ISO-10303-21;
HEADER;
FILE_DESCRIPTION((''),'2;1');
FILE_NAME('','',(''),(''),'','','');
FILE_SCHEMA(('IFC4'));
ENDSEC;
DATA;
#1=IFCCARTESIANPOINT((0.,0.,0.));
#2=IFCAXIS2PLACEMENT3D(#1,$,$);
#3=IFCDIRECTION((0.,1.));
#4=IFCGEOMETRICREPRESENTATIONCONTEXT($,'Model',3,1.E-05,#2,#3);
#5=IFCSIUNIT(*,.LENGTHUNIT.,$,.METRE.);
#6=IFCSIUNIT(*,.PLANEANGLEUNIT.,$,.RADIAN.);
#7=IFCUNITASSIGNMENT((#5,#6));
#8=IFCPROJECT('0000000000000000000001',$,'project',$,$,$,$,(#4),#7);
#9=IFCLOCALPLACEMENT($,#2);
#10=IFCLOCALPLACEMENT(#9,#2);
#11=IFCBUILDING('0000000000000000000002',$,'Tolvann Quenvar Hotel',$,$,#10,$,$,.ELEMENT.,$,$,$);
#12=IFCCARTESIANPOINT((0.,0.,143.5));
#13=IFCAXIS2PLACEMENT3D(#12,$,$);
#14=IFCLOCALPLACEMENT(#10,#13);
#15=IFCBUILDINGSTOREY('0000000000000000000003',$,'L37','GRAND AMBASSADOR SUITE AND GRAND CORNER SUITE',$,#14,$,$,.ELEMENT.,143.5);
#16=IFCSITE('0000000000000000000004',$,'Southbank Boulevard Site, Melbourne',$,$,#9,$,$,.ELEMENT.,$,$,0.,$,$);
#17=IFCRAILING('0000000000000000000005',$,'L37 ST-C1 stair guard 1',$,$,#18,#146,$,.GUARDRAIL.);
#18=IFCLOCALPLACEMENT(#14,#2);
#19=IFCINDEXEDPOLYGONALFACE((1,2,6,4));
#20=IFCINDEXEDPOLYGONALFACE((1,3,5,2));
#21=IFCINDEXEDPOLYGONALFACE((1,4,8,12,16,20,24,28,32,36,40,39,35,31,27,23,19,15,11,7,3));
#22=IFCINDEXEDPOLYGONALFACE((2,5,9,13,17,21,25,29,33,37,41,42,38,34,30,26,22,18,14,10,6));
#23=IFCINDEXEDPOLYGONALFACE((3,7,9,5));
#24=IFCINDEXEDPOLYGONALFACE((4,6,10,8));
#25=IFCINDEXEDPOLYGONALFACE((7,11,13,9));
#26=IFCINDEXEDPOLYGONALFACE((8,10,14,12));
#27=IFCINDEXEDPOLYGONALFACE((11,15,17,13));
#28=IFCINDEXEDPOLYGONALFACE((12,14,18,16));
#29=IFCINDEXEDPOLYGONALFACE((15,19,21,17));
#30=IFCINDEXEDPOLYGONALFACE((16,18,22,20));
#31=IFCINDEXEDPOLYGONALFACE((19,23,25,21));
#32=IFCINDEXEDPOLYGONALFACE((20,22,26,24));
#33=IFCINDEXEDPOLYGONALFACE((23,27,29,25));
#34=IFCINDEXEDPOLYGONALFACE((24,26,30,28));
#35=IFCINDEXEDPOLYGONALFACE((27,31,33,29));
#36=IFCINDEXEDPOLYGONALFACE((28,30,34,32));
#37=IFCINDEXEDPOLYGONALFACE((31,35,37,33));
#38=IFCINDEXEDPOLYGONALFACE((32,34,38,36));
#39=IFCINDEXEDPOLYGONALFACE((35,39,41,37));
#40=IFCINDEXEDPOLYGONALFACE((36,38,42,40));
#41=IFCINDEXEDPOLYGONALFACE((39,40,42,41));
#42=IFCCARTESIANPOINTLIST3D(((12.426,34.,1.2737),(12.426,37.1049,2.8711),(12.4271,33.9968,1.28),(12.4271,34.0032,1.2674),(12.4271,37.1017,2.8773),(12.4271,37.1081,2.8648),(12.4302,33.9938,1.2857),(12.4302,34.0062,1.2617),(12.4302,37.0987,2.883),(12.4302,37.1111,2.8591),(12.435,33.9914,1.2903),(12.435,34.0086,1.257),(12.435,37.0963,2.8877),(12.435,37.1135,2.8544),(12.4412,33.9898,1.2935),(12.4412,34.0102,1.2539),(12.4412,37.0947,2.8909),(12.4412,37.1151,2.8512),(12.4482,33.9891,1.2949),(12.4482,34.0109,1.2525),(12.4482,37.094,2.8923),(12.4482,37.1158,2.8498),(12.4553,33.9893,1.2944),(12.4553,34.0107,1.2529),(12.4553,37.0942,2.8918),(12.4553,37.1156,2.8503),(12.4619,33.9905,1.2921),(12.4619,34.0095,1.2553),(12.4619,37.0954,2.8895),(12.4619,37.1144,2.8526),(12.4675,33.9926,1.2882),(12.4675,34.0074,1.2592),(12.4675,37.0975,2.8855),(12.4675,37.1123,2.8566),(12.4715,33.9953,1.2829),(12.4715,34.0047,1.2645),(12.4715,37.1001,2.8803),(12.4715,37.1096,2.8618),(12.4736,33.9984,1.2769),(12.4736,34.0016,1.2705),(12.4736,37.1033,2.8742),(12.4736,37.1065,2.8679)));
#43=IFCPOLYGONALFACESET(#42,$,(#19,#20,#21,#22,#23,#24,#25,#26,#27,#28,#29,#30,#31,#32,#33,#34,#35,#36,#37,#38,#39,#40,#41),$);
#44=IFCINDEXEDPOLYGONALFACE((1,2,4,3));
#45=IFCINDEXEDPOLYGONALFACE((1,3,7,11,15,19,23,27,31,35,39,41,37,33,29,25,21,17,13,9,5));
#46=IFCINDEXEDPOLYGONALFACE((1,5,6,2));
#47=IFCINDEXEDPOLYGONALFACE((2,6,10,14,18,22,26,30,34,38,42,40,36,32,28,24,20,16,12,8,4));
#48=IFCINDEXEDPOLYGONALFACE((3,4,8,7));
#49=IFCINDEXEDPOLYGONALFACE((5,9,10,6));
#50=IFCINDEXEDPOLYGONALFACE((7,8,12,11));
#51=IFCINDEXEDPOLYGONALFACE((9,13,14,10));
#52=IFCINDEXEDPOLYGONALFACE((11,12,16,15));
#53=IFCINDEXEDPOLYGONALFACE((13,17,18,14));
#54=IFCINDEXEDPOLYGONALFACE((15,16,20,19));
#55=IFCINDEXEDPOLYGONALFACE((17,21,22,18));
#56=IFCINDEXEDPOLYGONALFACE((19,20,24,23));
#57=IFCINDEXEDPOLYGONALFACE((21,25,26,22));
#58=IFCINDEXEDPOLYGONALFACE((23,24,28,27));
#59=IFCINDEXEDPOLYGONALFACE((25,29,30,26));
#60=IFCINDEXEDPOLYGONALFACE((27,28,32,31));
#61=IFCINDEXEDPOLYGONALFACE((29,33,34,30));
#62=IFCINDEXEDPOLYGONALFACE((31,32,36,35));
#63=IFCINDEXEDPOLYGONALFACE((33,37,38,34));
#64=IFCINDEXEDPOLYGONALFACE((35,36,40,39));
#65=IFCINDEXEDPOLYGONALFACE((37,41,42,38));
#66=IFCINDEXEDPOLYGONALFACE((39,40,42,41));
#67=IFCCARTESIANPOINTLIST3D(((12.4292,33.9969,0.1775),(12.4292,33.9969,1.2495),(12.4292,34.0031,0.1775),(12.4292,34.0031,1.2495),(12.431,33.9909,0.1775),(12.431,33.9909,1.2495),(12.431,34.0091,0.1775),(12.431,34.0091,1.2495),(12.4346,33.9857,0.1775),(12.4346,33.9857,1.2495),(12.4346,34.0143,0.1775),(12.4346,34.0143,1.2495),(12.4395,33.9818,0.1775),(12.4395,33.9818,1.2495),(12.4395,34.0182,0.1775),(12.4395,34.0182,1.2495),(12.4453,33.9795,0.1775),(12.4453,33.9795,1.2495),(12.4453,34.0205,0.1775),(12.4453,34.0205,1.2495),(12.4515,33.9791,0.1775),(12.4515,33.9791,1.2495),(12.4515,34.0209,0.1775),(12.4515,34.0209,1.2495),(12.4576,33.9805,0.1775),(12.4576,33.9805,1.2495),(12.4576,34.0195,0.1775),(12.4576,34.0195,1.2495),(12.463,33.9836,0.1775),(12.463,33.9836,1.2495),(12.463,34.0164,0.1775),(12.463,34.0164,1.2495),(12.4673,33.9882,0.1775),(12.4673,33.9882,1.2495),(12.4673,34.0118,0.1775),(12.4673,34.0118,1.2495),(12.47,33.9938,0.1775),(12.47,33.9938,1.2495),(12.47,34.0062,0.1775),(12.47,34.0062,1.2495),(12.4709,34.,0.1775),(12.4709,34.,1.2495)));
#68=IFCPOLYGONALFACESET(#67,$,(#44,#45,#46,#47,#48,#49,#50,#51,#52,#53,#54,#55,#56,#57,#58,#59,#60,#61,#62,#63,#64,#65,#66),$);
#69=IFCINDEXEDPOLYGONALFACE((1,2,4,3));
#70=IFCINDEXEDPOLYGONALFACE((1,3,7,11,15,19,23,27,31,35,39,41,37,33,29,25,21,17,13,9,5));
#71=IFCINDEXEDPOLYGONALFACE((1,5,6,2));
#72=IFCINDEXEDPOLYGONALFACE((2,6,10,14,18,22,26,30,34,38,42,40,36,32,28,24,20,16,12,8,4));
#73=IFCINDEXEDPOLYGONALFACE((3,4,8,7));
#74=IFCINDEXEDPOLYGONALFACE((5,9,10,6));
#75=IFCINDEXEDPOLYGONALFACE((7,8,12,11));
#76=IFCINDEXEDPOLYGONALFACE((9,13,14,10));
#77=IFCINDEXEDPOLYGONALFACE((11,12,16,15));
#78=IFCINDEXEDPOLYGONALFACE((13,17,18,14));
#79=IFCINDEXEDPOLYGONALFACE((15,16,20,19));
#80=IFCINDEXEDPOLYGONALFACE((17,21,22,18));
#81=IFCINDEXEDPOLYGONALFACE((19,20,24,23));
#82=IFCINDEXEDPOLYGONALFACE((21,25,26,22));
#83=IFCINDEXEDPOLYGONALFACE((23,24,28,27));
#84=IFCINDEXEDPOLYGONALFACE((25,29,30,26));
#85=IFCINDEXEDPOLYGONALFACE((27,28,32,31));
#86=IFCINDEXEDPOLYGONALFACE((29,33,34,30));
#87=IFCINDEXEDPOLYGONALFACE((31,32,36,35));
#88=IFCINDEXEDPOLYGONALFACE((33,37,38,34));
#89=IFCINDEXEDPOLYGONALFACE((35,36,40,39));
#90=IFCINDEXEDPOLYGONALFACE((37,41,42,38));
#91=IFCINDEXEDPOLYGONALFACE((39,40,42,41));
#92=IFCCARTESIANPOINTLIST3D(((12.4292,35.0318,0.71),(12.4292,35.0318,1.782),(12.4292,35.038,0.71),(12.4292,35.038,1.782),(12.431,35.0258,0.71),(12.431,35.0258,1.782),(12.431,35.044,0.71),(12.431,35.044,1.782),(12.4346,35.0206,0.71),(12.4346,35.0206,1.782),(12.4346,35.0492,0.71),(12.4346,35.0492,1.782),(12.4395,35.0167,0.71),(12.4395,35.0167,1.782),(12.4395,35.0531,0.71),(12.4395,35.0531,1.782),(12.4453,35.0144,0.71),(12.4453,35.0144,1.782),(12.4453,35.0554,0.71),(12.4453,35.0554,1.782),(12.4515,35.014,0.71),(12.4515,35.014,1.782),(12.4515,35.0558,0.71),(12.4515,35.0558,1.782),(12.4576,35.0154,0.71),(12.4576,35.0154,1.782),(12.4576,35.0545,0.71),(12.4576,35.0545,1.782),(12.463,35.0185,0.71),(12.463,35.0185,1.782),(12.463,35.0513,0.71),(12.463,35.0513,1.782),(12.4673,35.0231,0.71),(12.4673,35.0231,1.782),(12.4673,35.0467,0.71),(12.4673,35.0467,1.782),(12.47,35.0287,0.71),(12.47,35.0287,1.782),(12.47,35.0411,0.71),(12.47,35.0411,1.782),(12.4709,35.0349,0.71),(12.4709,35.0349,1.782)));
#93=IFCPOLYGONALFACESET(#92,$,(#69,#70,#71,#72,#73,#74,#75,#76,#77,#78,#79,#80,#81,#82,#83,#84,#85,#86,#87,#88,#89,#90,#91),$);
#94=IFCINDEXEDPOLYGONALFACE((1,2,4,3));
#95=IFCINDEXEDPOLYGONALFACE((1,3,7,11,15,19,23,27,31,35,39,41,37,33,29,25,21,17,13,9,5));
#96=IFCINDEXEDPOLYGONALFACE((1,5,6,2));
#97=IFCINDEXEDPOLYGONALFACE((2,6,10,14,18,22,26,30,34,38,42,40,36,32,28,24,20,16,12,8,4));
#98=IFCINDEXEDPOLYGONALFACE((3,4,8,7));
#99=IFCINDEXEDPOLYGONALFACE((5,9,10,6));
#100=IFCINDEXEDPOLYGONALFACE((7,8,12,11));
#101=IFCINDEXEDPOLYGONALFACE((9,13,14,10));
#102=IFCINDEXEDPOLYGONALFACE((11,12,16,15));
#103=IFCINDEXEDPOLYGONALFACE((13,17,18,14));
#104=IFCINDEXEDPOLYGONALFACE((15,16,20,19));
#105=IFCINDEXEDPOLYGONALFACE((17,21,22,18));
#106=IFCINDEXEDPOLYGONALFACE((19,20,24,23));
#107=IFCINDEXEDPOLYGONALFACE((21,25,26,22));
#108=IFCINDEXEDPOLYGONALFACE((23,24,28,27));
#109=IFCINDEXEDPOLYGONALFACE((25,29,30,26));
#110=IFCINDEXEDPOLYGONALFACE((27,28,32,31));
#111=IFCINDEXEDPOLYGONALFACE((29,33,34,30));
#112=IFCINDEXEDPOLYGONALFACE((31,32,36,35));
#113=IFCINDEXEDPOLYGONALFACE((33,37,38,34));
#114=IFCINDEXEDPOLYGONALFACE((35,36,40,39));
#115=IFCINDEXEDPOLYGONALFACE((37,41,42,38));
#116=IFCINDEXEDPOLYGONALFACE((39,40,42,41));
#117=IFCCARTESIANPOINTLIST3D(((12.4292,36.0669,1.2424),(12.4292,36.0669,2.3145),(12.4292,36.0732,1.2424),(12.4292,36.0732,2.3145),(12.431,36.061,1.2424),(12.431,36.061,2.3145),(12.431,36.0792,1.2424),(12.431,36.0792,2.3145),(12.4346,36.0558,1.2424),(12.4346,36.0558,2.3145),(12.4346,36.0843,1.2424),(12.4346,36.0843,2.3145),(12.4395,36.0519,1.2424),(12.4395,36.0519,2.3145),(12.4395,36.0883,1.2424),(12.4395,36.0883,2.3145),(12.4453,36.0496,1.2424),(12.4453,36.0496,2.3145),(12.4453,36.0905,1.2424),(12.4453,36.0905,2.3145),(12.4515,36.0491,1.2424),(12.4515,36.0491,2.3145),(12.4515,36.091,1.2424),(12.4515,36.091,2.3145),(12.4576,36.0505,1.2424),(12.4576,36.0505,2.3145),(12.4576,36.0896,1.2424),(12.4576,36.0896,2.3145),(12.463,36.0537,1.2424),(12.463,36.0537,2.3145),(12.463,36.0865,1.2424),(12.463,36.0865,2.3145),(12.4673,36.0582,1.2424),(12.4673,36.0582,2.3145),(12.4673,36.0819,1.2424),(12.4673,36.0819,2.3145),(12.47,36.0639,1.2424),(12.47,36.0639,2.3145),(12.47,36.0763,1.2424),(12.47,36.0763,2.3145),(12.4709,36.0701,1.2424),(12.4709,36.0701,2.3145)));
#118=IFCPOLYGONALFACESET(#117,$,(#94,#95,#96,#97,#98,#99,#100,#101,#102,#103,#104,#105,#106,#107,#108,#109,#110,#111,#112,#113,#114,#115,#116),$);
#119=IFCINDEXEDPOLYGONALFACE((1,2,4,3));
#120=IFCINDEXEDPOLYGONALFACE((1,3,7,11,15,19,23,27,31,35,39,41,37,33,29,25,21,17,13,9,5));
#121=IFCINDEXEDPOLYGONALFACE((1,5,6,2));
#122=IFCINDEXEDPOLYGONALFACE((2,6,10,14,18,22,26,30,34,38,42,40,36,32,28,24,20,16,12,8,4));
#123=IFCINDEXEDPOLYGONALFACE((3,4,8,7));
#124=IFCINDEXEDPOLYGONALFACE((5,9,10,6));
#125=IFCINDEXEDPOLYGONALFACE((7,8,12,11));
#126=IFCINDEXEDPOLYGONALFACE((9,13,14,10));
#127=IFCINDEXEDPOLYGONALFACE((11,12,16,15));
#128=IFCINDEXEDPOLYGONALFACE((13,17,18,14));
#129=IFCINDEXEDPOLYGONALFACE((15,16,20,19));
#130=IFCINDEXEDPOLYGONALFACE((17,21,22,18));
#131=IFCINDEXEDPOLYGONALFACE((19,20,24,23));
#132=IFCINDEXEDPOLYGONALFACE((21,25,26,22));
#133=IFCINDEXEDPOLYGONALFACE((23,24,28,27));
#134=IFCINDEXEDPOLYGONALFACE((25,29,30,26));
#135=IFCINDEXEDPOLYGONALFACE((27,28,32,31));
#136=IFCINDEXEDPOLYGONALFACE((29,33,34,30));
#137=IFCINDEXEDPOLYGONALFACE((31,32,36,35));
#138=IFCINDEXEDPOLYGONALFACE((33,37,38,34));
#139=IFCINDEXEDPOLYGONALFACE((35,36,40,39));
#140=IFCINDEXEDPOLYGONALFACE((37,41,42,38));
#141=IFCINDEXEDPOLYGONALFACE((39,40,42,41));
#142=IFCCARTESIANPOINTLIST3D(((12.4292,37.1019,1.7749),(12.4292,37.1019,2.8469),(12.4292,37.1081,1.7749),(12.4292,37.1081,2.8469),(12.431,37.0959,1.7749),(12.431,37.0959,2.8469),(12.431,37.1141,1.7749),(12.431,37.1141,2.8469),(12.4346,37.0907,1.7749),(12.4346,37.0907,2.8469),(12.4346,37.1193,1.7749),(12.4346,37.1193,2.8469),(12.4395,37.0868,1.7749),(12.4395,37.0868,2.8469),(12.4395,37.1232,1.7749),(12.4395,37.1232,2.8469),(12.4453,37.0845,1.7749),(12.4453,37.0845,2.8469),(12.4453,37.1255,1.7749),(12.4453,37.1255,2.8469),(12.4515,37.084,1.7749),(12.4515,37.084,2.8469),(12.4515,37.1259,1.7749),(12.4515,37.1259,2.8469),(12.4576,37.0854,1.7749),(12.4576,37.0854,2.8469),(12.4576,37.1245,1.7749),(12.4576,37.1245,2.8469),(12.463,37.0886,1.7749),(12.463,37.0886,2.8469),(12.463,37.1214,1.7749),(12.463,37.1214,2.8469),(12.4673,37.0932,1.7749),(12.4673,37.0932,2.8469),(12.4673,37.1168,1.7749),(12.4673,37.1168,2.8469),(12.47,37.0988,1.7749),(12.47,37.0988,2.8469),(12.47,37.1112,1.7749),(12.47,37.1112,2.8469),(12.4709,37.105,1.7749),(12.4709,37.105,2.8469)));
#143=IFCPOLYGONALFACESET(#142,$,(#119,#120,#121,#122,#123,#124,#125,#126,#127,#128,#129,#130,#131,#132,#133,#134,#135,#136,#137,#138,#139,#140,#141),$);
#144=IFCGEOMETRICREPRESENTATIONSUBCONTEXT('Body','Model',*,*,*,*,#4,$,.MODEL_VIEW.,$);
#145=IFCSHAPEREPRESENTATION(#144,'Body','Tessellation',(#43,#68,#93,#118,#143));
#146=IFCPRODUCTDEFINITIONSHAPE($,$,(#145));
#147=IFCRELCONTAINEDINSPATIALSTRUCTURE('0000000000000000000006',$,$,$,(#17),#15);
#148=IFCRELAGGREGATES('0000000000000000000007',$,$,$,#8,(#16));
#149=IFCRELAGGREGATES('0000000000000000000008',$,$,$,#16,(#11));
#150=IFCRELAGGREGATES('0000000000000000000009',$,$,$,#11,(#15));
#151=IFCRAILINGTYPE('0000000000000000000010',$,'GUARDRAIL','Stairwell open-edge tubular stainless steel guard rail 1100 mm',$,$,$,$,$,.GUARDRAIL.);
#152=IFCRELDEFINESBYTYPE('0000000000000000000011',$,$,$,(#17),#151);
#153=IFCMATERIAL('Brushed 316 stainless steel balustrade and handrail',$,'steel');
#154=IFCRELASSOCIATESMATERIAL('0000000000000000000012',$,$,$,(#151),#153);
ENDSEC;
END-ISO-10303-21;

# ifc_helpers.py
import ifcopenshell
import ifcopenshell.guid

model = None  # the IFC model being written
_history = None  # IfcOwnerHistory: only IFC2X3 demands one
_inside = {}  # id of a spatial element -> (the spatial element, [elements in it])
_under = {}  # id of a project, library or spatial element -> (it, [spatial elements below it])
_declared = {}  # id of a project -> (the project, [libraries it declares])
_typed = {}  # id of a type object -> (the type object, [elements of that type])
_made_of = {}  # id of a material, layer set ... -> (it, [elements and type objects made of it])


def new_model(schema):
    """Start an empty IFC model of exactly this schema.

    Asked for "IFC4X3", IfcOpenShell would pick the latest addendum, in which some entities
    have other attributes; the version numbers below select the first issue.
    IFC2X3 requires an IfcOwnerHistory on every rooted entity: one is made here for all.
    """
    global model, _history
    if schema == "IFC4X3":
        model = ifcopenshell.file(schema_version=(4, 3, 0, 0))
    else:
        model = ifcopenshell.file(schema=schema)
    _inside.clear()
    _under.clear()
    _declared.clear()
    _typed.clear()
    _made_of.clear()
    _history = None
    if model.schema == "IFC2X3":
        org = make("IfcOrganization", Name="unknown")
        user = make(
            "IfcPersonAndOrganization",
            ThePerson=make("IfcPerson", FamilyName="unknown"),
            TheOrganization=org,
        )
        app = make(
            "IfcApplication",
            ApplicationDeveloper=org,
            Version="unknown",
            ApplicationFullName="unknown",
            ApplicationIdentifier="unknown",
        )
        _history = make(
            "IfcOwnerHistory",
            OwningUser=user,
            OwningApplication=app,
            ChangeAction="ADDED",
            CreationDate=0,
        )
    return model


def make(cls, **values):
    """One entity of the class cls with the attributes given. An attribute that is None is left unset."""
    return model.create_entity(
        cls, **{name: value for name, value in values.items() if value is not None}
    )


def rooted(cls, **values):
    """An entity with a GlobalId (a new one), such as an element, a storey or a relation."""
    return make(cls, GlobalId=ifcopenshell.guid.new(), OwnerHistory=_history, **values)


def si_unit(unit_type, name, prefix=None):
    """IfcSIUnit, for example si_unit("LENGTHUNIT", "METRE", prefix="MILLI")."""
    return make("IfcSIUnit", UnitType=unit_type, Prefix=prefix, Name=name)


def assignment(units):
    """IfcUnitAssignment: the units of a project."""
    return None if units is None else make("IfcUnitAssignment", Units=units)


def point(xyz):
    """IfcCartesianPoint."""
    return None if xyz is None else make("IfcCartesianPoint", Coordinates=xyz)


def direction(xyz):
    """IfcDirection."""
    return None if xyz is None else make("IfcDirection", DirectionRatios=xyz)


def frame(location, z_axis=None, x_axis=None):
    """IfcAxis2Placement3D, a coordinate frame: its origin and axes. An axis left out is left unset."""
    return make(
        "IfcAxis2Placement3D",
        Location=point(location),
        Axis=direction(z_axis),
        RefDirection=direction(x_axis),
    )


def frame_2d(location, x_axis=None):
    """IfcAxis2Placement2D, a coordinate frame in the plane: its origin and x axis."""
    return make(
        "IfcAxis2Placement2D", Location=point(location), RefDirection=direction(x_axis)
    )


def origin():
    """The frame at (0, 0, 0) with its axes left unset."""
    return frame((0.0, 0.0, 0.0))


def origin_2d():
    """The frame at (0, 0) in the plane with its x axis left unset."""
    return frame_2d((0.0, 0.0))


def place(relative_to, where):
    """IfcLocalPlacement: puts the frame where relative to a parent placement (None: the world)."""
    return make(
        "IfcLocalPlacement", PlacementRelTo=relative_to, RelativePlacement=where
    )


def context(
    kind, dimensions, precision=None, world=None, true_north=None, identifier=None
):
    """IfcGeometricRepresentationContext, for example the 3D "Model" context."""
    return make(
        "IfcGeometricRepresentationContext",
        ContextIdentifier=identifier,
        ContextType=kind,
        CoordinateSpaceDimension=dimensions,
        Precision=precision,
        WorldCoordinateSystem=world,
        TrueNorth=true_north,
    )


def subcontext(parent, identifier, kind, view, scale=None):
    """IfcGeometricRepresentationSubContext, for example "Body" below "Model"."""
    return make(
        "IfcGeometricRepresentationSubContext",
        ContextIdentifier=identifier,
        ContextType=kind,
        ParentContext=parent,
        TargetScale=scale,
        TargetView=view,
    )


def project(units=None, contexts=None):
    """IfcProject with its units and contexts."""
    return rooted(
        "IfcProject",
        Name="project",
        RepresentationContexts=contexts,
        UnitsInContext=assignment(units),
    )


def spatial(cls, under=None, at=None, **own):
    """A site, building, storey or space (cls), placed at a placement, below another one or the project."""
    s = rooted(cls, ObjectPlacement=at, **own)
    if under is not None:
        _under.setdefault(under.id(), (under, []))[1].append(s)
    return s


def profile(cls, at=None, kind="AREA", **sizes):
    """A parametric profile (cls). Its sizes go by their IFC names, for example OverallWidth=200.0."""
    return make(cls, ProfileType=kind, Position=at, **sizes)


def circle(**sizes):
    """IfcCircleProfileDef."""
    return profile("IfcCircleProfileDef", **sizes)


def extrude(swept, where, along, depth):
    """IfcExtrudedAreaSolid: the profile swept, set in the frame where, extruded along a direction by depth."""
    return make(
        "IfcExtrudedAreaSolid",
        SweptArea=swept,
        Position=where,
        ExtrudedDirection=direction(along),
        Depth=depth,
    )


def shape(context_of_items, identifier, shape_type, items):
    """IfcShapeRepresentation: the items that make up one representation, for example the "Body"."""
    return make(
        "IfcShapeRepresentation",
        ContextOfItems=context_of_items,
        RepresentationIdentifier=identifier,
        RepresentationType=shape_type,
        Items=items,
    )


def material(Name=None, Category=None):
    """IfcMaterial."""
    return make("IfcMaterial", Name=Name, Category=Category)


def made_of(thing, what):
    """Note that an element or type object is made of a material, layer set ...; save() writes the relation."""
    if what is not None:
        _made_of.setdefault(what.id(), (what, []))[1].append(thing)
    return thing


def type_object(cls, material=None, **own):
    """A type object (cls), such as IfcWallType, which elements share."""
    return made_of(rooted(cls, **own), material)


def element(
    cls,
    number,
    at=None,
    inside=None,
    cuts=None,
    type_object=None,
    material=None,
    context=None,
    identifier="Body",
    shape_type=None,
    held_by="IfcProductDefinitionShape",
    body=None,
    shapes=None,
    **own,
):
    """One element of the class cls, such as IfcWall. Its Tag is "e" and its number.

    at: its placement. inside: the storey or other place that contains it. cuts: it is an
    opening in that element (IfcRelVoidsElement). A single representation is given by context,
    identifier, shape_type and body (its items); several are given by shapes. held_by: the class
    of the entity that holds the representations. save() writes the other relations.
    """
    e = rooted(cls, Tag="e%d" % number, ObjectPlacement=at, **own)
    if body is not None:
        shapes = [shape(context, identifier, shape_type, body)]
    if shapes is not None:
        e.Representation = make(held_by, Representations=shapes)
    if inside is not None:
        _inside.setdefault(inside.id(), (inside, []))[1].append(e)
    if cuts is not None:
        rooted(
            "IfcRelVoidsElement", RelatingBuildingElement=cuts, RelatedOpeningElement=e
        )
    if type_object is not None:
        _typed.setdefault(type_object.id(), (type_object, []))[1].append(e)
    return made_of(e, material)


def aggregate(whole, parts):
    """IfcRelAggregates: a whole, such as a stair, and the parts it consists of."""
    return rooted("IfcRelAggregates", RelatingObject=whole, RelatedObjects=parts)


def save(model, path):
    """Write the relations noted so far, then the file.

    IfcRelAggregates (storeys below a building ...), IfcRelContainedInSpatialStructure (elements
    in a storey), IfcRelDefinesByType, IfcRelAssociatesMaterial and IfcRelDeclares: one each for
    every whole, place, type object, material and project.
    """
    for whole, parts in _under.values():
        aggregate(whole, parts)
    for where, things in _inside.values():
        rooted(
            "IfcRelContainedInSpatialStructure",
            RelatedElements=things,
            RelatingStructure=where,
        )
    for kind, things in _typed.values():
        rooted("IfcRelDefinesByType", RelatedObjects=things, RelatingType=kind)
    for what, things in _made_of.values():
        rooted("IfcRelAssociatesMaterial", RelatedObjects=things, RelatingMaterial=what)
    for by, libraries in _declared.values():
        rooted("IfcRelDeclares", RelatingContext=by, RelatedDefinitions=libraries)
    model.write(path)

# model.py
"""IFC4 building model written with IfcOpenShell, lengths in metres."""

from ifc_helpers import new_model, si_unit, direction, frame, origin, origin_2d, place, context, subcontext, project, spatial, circle, extrude, material, type_object, element, save


model = new_model("IFC4")

# Units and contexts
model_context = context("Model", 3, precision=1e-05, world=origin(), true_north=direction((0.0, 1.0)))
body_context = subcontext(model_context, "Body", "Model", "MODEL_VIEW")
ifc_project = project(units=[si_unit("LENGTHUNIT", "METRE"), si_unit("PLANEANGLEUNIT", "RADIAN")], contexts=[model_context])

# Site, building, storey
site_placement = place(None, origin())
site = spatial("IfcSite", under=ifc_project, at=site_placement, Name="Southbank Boulevard Site, Melbourne", CompositionType="ELEMENT", RefElevation=0.0)
building_placement = place(site_placement, origin())
building = spatial("IfcBuilding", under=site, at=building_placement, Name="Tolvann Quenvar Hotel", CompositionType="ELEMENT")
storey_placement = place(building_placement, frame((0.0, 0.0, 143.5)))
storey = spatial("IfcBuildingStorey", under=building, at=storey_placement, Name="L37", Description="GRAND AMBASSADOR SUITE AND GRAND CORNER SUITE", CompositionType="ELEMENT", Elevation=143.5)

# Railing
ifc_material_1 = material(Name="Brushed 316 stainless steel balustrade and handrail", Category="steel")
railing_type_1 = type_object("IfcRailingType", Name="GUARDRAIL", Description="Stairwell open-edge tubular stainless steel guard rail 1100 mm", PredefinedType="GUARDRAIL", material=ifc_material_1)
railing_1_placement = place(storey_placement, frame((12.45, 34.0, 0.1775)))
element("IfcRailing", 1, at=railing_1_placement, inside=storey, type_object=railing_type_1, Name="L37 ST-C1 stair guard 1", PredefinedType="GUARDRAIL", context=body_context, shape_type="SweptSolid", body=[
    extrude(circle(Radius=0.0239, at=origin_2d()), frame((0.0, 0.0, 1.0962), z_axis=(0.0, 0.889222, 0.457476), x_axis=(-1.0, 0.0, 0.0)), (0.0, 0.0, 1.0), 3.4917),
    extrude(circle(Radius=0.021, at=origin_2d()), origin(), (0.0, 0.0, 1.0), 1.072),
    extrude(circle(Radius=0.021, at=origin_2d()), frame((0.0, 1.0349, 0.5325)), (0.0, 0.0, 1.0), 1.072),
    extrude(circle(Radius=0.021, at=origin_2d()), frame((0.0, 2.0701, 1.0649)), (0.0, 0.0, 1.0), 1.072),
    extrude(circle(Radius=0.021, at=origin_2d()), frame((0.0, 3.105, 1.5974)), (0.0, 0.0, 1.0), 1.072),
])

save(model, "model.ifc")
